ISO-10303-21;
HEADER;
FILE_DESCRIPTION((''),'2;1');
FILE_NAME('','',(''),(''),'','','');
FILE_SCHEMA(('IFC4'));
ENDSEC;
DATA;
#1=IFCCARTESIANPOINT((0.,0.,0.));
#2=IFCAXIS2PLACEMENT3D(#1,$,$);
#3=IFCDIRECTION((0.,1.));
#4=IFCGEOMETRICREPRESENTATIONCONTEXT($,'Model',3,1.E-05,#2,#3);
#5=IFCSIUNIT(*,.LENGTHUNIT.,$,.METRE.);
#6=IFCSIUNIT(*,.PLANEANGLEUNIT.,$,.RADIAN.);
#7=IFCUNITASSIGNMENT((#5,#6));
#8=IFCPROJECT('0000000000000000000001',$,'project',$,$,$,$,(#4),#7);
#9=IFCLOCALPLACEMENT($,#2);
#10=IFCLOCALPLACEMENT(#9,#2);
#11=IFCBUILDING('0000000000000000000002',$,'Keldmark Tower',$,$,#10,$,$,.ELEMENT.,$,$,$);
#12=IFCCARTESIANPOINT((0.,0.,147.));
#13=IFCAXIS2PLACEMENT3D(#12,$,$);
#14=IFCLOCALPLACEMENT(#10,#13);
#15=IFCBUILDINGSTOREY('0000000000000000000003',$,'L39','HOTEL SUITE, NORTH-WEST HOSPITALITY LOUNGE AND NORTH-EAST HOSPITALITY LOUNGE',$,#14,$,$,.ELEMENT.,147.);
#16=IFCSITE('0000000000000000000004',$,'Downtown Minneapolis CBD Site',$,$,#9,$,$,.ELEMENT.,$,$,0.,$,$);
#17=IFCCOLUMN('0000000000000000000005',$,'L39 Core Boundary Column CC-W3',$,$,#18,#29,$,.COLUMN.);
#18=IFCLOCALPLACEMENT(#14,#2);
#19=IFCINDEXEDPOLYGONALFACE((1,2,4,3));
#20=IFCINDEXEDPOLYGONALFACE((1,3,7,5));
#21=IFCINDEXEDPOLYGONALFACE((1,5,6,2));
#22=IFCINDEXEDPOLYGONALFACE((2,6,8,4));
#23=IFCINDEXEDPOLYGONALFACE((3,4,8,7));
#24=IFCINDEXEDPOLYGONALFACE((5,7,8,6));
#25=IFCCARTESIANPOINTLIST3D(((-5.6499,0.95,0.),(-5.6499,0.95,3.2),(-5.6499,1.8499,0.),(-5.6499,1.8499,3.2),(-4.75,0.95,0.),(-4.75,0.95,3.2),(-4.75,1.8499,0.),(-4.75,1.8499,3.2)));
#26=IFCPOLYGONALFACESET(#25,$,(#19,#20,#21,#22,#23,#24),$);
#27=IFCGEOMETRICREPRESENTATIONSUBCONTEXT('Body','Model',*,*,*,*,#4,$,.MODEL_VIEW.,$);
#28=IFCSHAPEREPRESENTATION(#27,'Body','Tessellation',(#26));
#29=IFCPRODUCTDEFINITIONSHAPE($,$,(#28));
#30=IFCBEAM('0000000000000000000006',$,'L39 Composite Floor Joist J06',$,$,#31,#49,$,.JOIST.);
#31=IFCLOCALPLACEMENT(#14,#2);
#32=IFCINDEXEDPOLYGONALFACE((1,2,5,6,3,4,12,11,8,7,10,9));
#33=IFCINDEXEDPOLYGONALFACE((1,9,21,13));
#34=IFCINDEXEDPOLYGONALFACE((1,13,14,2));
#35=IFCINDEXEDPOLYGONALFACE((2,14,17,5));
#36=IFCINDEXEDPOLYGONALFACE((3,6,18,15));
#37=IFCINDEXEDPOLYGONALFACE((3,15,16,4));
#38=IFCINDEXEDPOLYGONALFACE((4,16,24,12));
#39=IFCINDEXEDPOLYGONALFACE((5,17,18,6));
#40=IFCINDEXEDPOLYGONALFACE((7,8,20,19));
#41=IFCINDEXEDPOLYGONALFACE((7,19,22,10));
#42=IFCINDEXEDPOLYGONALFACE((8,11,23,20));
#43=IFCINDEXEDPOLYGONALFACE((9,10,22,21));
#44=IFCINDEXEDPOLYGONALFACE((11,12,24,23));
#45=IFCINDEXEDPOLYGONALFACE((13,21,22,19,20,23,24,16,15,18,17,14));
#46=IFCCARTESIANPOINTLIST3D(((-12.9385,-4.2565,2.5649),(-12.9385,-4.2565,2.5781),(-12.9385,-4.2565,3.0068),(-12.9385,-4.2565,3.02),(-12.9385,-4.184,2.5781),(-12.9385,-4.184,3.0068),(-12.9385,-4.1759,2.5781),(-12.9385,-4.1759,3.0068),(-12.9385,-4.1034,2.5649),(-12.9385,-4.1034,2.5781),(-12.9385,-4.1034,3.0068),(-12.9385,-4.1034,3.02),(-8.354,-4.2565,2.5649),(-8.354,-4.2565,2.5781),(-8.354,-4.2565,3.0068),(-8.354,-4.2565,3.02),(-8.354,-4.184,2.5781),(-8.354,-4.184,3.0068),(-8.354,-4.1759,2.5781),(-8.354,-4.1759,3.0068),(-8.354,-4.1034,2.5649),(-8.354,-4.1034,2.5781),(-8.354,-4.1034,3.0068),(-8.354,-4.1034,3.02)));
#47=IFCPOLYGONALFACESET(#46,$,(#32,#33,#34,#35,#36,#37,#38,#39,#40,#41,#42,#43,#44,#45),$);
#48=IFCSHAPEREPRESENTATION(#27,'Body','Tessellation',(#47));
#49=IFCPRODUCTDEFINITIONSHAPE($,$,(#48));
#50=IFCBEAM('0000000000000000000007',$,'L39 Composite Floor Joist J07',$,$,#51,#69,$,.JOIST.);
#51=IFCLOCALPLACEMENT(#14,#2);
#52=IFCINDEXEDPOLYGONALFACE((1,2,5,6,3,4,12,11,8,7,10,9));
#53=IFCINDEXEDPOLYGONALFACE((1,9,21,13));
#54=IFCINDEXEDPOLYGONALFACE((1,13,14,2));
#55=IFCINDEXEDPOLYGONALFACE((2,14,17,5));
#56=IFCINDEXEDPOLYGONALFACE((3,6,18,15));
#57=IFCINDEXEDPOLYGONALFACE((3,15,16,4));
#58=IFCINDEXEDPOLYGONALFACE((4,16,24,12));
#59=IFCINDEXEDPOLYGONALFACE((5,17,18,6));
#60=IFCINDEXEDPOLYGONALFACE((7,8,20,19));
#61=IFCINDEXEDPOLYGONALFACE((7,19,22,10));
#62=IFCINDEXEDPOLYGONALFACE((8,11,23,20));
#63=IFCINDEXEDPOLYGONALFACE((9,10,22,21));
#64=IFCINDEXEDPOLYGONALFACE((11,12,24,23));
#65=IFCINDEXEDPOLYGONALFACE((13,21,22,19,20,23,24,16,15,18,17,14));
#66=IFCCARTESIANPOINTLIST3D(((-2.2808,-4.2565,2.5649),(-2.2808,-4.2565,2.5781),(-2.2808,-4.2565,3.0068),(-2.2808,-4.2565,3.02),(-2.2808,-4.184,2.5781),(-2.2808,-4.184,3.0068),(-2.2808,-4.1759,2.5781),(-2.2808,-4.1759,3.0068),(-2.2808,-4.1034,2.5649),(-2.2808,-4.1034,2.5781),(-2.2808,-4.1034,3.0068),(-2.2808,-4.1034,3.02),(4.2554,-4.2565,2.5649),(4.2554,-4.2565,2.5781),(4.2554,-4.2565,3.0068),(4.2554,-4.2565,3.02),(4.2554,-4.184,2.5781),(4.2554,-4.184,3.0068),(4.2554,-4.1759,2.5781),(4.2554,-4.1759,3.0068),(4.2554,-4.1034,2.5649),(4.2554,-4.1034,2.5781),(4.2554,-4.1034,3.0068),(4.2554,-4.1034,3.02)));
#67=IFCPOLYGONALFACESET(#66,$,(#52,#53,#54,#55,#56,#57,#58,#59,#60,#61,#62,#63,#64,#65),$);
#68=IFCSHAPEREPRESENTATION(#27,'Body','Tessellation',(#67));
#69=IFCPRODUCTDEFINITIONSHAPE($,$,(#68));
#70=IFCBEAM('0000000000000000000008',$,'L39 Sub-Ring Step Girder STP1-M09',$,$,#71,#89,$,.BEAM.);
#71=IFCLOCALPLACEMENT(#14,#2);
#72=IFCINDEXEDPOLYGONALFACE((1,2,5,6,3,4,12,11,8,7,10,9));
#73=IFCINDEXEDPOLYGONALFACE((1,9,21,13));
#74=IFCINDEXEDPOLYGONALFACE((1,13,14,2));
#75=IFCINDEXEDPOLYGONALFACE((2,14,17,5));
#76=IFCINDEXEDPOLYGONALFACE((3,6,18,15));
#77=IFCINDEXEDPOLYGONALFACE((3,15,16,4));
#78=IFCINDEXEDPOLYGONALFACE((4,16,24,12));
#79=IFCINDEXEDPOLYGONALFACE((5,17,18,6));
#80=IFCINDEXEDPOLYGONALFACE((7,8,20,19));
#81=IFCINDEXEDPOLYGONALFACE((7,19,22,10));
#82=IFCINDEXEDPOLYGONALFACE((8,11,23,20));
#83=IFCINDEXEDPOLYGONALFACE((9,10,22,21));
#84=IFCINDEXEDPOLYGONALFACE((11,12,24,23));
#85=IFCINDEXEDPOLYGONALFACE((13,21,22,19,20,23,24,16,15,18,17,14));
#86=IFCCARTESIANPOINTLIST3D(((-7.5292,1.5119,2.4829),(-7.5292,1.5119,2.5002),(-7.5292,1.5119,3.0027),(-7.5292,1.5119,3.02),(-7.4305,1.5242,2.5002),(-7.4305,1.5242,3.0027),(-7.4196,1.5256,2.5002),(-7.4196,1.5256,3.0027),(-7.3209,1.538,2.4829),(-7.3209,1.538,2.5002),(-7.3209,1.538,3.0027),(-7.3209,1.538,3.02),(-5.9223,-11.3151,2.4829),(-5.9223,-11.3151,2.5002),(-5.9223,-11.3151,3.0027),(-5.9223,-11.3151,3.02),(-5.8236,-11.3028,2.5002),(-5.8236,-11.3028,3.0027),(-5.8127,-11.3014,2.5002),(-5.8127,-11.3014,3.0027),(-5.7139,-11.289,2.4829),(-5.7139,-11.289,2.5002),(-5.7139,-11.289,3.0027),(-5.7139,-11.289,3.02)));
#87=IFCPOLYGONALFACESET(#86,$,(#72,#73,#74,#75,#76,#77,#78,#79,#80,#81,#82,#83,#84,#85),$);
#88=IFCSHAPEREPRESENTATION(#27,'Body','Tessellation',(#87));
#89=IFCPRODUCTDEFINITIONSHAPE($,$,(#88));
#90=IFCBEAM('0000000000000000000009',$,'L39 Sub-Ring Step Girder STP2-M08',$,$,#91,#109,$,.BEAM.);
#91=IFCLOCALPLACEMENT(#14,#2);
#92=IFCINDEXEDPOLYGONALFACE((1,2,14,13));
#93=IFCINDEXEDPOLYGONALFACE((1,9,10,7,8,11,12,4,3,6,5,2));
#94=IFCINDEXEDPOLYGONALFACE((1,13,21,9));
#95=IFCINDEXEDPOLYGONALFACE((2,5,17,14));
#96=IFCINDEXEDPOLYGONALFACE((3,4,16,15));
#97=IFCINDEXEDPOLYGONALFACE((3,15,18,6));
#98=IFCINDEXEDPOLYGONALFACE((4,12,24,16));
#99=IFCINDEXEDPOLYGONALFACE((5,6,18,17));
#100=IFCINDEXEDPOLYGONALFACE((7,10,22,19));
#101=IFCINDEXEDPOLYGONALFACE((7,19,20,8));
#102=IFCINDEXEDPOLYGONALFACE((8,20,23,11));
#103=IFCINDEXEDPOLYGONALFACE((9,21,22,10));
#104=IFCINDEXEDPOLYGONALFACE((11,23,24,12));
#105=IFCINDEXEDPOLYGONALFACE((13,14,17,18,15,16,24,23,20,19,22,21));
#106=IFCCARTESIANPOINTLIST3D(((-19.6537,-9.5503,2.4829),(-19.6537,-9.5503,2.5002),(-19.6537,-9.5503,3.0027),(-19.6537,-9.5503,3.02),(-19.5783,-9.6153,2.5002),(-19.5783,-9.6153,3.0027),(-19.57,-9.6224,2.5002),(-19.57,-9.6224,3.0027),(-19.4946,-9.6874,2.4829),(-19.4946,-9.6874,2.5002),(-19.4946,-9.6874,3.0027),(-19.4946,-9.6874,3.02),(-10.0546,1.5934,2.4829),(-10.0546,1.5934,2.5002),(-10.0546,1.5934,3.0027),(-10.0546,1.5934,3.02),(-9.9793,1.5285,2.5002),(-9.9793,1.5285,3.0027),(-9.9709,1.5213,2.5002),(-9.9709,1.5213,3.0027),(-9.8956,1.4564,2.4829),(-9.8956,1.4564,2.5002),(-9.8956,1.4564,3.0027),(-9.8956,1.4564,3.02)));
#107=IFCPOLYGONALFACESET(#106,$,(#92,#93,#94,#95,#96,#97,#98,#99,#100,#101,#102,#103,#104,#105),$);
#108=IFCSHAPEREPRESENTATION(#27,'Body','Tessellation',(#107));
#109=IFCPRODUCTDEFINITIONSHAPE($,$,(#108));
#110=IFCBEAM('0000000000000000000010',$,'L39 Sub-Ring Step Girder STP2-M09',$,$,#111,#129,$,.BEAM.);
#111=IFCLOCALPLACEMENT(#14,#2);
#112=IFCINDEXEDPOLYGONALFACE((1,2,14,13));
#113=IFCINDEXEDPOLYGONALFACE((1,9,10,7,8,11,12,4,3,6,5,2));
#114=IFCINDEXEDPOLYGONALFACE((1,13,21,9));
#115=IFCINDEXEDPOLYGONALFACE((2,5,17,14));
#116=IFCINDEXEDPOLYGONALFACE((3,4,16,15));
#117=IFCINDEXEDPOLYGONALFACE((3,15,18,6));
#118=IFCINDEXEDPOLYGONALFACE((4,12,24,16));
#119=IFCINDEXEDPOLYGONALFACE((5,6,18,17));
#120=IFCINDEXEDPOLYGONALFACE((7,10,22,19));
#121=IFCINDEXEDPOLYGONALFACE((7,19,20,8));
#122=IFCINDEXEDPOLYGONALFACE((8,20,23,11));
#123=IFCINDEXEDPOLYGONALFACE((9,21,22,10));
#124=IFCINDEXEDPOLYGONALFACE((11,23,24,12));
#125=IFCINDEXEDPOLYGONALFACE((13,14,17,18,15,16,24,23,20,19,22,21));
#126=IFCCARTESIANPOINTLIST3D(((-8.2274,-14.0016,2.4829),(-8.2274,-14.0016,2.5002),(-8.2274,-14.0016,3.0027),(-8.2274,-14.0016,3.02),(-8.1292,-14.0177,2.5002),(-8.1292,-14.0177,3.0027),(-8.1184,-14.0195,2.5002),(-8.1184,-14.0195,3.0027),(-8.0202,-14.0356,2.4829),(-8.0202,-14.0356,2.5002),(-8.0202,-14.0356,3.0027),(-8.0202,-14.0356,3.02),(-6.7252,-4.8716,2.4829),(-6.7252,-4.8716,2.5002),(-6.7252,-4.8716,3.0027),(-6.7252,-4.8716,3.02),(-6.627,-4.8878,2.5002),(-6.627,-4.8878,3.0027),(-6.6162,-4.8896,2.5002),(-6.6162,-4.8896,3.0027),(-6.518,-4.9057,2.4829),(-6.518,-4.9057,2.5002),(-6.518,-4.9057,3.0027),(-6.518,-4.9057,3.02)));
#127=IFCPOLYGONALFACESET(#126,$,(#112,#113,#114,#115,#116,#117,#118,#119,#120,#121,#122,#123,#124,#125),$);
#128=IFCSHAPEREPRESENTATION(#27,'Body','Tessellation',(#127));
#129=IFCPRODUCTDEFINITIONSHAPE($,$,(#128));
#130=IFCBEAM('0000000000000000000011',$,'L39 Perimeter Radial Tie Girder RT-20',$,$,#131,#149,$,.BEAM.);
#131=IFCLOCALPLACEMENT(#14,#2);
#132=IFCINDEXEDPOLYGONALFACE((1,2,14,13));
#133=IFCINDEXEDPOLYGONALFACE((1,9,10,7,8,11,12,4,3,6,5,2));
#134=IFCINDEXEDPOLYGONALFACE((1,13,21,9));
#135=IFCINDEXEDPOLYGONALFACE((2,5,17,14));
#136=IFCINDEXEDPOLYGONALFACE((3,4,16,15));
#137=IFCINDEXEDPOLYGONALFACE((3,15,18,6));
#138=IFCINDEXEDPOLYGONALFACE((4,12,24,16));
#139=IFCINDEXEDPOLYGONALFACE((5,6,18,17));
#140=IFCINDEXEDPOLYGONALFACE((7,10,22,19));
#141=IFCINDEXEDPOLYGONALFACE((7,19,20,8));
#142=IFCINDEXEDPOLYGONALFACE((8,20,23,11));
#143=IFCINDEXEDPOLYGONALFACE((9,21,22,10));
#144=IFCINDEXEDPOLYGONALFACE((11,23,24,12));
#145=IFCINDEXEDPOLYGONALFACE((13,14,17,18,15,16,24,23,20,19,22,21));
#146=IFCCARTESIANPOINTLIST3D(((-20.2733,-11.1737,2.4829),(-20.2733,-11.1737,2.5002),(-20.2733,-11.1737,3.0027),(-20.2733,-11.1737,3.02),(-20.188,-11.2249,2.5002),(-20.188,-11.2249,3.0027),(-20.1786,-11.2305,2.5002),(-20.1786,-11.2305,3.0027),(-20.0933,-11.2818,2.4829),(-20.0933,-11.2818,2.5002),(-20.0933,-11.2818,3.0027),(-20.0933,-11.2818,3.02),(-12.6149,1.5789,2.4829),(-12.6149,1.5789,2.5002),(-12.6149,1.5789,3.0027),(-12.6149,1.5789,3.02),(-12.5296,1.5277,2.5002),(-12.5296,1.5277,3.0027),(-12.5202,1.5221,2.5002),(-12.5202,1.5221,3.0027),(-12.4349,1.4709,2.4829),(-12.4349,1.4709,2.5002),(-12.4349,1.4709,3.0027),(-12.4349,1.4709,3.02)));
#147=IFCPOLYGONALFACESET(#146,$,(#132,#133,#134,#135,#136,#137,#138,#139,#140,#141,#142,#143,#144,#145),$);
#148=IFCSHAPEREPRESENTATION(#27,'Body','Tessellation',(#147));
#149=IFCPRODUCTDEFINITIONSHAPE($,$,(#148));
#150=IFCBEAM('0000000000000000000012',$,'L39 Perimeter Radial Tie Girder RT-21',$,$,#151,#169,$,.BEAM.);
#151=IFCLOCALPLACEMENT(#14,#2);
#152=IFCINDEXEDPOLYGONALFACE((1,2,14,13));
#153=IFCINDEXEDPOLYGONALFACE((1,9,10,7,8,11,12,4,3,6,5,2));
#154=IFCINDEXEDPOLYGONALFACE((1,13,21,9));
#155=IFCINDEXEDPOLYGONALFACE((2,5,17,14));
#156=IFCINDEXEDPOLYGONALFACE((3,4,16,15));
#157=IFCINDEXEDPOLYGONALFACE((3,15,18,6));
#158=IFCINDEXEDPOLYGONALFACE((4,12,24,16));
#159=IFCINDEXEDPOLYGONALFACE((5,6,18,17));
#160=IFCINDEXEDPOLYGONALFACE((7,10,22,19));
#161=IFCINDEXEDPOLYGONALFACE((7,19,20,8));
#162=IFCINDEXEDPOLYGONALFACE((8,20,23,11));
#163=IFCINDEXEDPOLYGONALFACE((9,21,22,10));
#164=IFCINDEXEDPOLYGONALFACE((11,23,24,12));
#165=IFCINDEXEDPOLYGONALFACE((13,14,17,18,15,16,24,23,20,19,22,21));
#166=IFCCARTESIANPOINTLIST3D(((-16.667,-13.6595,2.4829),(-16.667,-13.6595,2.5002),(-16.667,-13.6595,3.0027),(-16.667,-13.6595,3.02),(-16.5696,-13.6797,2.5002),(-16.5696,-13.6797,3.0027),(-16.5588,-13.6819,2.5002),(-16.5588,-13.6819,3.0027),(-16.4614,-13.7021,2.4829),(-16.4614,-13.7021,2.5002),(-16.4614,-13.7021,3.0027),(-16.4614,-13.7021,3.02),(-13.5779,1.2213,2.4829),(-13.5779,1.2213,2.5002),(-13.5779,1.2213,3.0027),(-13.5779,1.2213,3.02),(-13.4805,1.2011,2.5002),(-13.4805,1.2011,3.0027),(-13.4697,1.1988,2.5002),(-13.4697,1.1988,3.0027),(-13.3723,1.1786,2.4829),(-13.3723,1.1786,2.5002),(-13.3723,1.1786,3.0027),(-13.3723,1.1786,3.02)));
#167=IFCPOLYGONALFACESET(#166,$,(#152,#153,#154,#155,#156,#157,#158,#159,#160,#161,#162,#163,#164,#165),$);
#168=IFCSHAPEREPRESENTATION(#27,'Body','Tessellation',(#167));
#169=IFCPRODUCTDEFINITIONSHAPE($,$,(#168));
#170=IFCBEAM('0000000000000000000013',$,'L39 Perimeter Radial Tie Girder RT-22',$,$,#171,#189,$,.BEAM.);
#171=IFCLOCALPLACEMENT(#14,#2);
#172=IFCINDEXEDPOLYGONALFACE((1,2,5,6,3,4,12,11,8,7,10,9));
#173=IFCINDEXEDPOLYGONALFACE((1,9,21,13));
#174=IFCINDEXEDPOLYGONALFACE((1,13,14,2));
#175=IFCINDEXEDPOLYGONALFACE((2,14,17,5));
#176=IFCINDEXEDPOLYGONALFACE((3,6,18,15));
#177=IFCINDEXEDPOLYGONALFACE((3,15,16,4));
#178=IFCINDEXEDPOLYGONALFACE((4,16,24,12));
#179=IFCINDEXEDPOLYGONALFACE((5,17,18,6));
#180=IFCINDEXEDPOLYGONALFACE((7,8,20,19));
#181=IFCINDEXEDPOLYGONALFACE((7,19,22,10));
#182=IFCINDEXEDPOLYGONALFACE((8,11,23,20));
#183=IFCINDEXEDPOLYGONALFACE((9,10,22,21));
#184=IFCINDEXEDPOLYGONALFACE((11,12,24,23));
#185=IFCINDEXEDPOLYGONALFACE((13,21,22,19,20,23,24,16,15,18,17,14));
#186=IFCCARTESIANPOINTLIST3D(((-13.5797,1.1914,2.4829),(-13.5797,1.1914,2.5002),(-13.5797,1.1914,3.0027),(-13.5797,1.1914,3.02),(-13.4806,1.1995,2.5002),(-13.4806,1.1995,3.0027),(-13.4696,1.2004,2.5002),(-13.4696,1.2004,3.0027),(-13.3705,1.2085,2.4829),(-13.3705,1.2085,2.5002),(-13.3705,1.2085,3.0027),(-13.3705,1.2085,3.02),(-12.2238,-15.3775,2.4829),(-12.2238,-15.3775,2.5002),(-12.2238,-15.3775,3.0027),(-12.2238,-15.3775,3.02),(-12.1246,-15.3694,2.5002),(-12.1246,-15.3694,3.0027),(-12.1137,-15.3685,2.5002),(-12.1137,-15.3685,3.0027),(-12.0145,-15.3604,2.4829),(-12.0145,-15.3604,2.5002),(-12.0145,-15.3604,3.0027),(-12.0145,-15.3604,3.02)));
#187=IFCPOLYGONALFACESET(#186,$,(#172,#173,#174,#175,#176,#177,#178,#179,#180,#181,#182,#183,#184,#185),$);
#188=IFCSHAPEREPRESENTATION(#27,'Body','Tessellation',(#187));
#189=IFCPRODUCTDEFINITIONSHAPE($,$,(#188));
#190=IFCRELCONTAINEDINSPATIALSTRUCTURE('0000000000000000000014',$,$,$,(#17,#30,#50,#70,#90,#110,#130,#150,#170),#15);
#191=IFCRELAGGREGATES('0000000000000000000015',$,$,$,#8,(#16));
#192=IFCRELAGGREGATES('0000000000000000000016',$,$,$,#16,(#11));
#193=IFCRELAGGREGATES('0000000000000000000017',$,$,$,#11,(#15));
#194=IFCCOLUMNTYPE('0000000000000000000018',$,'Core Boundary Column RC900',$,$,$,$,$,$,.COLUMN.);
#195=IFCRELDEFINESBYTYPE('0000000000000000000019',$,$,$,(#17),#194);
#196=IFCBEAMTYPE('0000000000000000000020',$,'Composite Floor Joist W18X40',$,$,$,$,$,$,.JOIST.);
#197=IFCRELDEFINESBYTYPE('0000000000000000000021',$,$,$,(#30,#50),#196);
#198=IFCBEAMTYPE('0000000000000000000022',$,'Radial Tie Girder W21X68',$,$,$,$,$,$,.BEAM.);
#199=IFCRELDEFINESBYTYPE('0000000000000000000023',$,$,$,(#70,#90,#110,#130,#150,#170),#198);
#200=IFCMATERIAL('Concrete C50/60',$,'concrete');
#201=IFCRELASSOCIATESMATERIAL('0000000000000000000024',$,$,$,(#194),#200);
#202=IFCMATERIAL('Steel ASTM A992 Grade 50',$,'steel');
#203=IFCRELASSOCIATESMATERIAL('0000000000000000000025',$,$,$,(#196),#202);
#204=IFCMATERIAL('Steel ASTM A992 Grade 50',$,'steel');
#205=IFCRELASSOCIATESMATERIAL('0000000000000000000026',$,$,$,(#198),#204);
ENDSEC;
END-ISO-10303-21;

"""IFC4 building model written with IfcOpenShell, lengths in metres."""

from ifc_helpers import new_model, si_unit, direction, frame, origin, origin_2d, place, context, subcontext, project, spatial, rectangle, i_section, extrude, material, material_profile, profile_set, type_object, element, save


model = new_model("IFC4")

# Units and contexts
model_context = context("Model", 3, precision=1e-05, world=origin(), true_north=direction((0.0, 1.0)))
body_context = subcontext(model_context, "Body", "Model", "MODEL_VIEW")
ifc_project = project(units=[si_unit("LENGTHUNIT", "METRE"), si_unit("PLANEANGLEUNIT", "RADIAN")], contexts=[model_context])

# Site, building, storey
site_placement = place(None, origin())
site = spatial("IfcSite", under=ifc_project, at=site_placement, Name="Downtown Minneapolis CBD Site", CompositionType="ELEMENT", RefElevation=0.0)
building_placement = place(site_placement, origin())
building = spatial("IfcBuilding", under=site, at=building_placement, Name="Keldmark Tower", CompositionType="ELEMENT")
storey_placement = place(building_placement, frame((0.0, 0.0, 147.0)))
storey = spatial("IfcBuildingStorey", under=building, at=storey_placement, Name="L39", Description="HOTEL SUITE, NORTH-WEST HOSPITALITY LOUNGE AND NORTH-EAST HOSPITALITY LOUNGE", CompositionType="ELEMENT", Elevation=147.0)

# Column
ifc_material_1 = material(Name="Concrete C50/60", Category="concrete")
ifc_material_profile_1 = material_profile(ifc_material_1, rectangle(XDim=0.8999, YDim=0.8999, at=origin_2d()), Name="RC900X900")
ifc_profile_set_1 = profile_set([ifc_material_profile_1], Name="Concrete C50/60")
column_type = type_object("IfcColumnType", Name="Core Boundary Column RC900", PredefinedType="COLUMN", material=ifc_profile_set_1)
column_placement = place(storey_placement, frame((-5.2, 1.3999, 0.0), z_axis=(0.0, 0.0, 1.0), x_axis=(1.0, 0.0, 0.0)))
element("IfcColumn", 1, at=column_placement, inside=storey, type_object=column_type, Name="L39 Core Boundary Column CC-W3", PredefinedType="COLUMN", context=body_context, shape_type="SweptSolid", body=[
    extrude(rectangle(XDim=0.8999, YDim=0.8999, at=origin_2d()), origin(), (0.0, 0.0, 1.0), 3.2),
])

# Beams
ifc_material_2 = material(Name="Steel ASTM A992 Grade 50", Category="steel")
ifc_material_profile_2 = material_profile(ifc_material_2, i_section(OverallWidth=0.1531, OverallDepth=0.4551, WebThickness=0.0081, FlangeThickness=0.0132, at=origin_2d()), Name="W18X40")
ifc_profile_set_2 = profile_set([ifc_material_profile_2], Name="Steel ASTM A992 Grade 50")
beam_type_1 = type_object("IfcBeamType", Name="Composite Floor Joist W18X40", PredefinedType="JOIST", material=ifc_profile_set_2)
beam_1_placement = place(storey_placement, frame((-12.9385, -4.1799, 2.7925), z_axis=(1.0, 0.0, 0.0), x_axis=(0.0, 1.0, 0.0)))
element("IfcBeam", 2, at=beam_1_placement, inside=storey, type_object=beam_type_1, Name="L39 Composite Floor Joist J06", PredefinedType="JOIST", context=body_context, shape_type="SweptSolid", body=[
    extrude(i_section(OverallWidth=0.1531, OverallDepth=0.4551, WebThickness=0.0081, FlangeThickness=0.0132, at=origin_2d()), origin(), (0.0, 0.0, 1.0), 4.5845),
])
beam_2_placement = place(storey_placement, frame((-2.2808, -4.1799, 2.7925), z_axis=(1.0, 0.0, 0.0), x_axis=(0.0, 1.0, 0.0)))
element("IfcBeam", 3, at=beam_2_placement, inside=storey, type_object=beam_type_1, Name="L39 Composite Floor Joist J07", PredefinedType="JOIST", context=body_context, shape_type="SweptSolid", body=[
    extrude(i_section(OverallWidth=0.1531, OverallDepth=0.4551, WebThickness=0.0081, FlangeThickness=0.0132, at=origin_2d()), origin(), (0.0, 0.0, 1.0), 6.5361),
])
ifc_material_3 = material(Name="Steel ASTM A992 Grade 50", Category="steel")
ifc_material_profile_3 = material_profile(ifc_material_3, i_section(OverallWidth=0.21, OverallDepth=0.5371, WebThickness=0.011, FlangeThickness=0.0173, at=origin_2d()), Name="W21X68")
ifc_profile_set_3 = profile_set([ifc_material_profile_3], Name="Steel ASTM A992 Grade 50")
beam_type_2 = type_object("IfcBeamType", Name="Radial Tie Girder W21X68", PredefinedType="BEAM", material=ifc_profile_set_3)
beam_3_placement = place(storey_placement, frame((-7.425, 1.5249, 2.7515), z_axis=(0.124307, -0.992244, 0.0), x_axis=(0.992244, 0.124307, 0.0)))
element("IfcBeam", 4, at=beam_3_placement, inside=storey, type_object=beam_type_2, Name="L39 Sub-Ring Step Girder STP1-M09", PredefinedType="BEAM", context=body_context, shape_type="SweptSolid", body=[
    extrude(i_section(OverallWidth=0.21, OverallDepth=0.5371, WebThickness=0.011, FlangeThickness=0.0173, at=origin_2d()), origin(), (0.0, 0.0, 1.0), 12.9272),
])
beam_4_placement = place(storey_placement, frame((-9.9751, 1.5249, 2.7515), z_axis=(-0.652643, -0.757666, 0.0), x_axis=(0.757666, -0.652643, 0.0)))
element("IfcBeam", 5, at=beam_4_placement, inside=storey, type_object=beam_type_2, Name="L39 Sub-Ring Step Girder STP2-M08", PredefinedType="BEAM", context=body_context, shape_type="SweptSolid", body=[
    extrude(i_section(OverallWidth=0.21, OverallDepth=0.5371, WebThickness=0.011, FlangeThickness=0.0173, at=origin_2d()), origin(), (0.0, 0.0, 1.0), 14.708),
])
beam_5_placement = place(storey_placement, frame((-6.6216, -4.8887, 2.7515), z_axis=(-0.162353, -0.986733, 0.0), x_axis=(0.986733, -0.162353, 0.0)))
element("IfcBeam", 6, at=beam_5_placement, inside=storey, type_object=beam_type_2, Name="L39 Sub-Ring Step Girder STP2-M09", PredefinedType="BEAM", context=body_context, shape_type="SweptSolid", body=[
    extrude(i_section(OverallWidth=0.21, OverallDepth=0.5371, WebThickness=0.011, FlangeThickness=0.0173, at=origin_2d()), origin(), (0.0, 0.0, 1.0), 9.2527),
])
beam_6_placement = place(storey_placement, frame((-12.5249, 1.5249, 2.7515), z_axis=(-0.514834, -0.85729, 0.0), x_axis=(0.85729, -0.514834, 0.0)))
element("IfcBeam", 7, at=beam_6_placement, inside=storey, type_object=beam_type_2, Name="L39 Perimeter Radial Tie Girder RT-20", PredefinedType="BEAM", context=body_context, shape_type="SweptSolid", body=[
    extrude(i_section(OverallWidth=0.21, OverallDepth=0.5371, WebThickness=0.011, FlangeThickness=0.0173, at=origin_2d()), origin(), (0.0, 0.0, 1.0), 14.8755),
])
beam_7_placement = place(storey_placement, frame((-13.4751, 1.2, 2.7515), z_axis=(-0.203256, -0.979126, 0.0), x_axis=(0.979126, -0.203256, 0.0)))
element("IfcBeam", 8, at=beam_7_placement, inside=storey, type_object=beam_type_2, Name="L39 Perimeter Radial Tie Girder RT-21", PredefinedType="BEAM", context=body_context, shape_type="SweptSolid", body=[
    extrude(i_section(OverallWidth=0.21, OverallDepth=0.5371, WebThickness=0.011, FlangeThickness=0.0173, at=origin_2d()), origin(), (0.0, 0.0, 1.0), 15.198),
])
beam_8_placement = place(storey_placement, frame((-13.4751, 1.2, 2.7515), z_axis=(0.081565, -0.996668, 0.0), x_axis=(0.996668, 0.081565, 0.0)))
element("IfcBeam", 9, at=beam_8_placement, inside=storey, type_object=beam_type_2, Name="L39 Perimeter Radial Tie Girder RT-22", PredefinedType="BEAM", context=body_context, shape_type="SweptSolid", body=[
    extrude(i_section(OverallWidth=0.21, OverallDepth=0.5371, WebThickness=0.011, FlangeThickness=0.0173, at=origin_2d()), origin(), (0.0, 0.0, 1.0), 16.6243),
])

save(model, "model.ifc")
